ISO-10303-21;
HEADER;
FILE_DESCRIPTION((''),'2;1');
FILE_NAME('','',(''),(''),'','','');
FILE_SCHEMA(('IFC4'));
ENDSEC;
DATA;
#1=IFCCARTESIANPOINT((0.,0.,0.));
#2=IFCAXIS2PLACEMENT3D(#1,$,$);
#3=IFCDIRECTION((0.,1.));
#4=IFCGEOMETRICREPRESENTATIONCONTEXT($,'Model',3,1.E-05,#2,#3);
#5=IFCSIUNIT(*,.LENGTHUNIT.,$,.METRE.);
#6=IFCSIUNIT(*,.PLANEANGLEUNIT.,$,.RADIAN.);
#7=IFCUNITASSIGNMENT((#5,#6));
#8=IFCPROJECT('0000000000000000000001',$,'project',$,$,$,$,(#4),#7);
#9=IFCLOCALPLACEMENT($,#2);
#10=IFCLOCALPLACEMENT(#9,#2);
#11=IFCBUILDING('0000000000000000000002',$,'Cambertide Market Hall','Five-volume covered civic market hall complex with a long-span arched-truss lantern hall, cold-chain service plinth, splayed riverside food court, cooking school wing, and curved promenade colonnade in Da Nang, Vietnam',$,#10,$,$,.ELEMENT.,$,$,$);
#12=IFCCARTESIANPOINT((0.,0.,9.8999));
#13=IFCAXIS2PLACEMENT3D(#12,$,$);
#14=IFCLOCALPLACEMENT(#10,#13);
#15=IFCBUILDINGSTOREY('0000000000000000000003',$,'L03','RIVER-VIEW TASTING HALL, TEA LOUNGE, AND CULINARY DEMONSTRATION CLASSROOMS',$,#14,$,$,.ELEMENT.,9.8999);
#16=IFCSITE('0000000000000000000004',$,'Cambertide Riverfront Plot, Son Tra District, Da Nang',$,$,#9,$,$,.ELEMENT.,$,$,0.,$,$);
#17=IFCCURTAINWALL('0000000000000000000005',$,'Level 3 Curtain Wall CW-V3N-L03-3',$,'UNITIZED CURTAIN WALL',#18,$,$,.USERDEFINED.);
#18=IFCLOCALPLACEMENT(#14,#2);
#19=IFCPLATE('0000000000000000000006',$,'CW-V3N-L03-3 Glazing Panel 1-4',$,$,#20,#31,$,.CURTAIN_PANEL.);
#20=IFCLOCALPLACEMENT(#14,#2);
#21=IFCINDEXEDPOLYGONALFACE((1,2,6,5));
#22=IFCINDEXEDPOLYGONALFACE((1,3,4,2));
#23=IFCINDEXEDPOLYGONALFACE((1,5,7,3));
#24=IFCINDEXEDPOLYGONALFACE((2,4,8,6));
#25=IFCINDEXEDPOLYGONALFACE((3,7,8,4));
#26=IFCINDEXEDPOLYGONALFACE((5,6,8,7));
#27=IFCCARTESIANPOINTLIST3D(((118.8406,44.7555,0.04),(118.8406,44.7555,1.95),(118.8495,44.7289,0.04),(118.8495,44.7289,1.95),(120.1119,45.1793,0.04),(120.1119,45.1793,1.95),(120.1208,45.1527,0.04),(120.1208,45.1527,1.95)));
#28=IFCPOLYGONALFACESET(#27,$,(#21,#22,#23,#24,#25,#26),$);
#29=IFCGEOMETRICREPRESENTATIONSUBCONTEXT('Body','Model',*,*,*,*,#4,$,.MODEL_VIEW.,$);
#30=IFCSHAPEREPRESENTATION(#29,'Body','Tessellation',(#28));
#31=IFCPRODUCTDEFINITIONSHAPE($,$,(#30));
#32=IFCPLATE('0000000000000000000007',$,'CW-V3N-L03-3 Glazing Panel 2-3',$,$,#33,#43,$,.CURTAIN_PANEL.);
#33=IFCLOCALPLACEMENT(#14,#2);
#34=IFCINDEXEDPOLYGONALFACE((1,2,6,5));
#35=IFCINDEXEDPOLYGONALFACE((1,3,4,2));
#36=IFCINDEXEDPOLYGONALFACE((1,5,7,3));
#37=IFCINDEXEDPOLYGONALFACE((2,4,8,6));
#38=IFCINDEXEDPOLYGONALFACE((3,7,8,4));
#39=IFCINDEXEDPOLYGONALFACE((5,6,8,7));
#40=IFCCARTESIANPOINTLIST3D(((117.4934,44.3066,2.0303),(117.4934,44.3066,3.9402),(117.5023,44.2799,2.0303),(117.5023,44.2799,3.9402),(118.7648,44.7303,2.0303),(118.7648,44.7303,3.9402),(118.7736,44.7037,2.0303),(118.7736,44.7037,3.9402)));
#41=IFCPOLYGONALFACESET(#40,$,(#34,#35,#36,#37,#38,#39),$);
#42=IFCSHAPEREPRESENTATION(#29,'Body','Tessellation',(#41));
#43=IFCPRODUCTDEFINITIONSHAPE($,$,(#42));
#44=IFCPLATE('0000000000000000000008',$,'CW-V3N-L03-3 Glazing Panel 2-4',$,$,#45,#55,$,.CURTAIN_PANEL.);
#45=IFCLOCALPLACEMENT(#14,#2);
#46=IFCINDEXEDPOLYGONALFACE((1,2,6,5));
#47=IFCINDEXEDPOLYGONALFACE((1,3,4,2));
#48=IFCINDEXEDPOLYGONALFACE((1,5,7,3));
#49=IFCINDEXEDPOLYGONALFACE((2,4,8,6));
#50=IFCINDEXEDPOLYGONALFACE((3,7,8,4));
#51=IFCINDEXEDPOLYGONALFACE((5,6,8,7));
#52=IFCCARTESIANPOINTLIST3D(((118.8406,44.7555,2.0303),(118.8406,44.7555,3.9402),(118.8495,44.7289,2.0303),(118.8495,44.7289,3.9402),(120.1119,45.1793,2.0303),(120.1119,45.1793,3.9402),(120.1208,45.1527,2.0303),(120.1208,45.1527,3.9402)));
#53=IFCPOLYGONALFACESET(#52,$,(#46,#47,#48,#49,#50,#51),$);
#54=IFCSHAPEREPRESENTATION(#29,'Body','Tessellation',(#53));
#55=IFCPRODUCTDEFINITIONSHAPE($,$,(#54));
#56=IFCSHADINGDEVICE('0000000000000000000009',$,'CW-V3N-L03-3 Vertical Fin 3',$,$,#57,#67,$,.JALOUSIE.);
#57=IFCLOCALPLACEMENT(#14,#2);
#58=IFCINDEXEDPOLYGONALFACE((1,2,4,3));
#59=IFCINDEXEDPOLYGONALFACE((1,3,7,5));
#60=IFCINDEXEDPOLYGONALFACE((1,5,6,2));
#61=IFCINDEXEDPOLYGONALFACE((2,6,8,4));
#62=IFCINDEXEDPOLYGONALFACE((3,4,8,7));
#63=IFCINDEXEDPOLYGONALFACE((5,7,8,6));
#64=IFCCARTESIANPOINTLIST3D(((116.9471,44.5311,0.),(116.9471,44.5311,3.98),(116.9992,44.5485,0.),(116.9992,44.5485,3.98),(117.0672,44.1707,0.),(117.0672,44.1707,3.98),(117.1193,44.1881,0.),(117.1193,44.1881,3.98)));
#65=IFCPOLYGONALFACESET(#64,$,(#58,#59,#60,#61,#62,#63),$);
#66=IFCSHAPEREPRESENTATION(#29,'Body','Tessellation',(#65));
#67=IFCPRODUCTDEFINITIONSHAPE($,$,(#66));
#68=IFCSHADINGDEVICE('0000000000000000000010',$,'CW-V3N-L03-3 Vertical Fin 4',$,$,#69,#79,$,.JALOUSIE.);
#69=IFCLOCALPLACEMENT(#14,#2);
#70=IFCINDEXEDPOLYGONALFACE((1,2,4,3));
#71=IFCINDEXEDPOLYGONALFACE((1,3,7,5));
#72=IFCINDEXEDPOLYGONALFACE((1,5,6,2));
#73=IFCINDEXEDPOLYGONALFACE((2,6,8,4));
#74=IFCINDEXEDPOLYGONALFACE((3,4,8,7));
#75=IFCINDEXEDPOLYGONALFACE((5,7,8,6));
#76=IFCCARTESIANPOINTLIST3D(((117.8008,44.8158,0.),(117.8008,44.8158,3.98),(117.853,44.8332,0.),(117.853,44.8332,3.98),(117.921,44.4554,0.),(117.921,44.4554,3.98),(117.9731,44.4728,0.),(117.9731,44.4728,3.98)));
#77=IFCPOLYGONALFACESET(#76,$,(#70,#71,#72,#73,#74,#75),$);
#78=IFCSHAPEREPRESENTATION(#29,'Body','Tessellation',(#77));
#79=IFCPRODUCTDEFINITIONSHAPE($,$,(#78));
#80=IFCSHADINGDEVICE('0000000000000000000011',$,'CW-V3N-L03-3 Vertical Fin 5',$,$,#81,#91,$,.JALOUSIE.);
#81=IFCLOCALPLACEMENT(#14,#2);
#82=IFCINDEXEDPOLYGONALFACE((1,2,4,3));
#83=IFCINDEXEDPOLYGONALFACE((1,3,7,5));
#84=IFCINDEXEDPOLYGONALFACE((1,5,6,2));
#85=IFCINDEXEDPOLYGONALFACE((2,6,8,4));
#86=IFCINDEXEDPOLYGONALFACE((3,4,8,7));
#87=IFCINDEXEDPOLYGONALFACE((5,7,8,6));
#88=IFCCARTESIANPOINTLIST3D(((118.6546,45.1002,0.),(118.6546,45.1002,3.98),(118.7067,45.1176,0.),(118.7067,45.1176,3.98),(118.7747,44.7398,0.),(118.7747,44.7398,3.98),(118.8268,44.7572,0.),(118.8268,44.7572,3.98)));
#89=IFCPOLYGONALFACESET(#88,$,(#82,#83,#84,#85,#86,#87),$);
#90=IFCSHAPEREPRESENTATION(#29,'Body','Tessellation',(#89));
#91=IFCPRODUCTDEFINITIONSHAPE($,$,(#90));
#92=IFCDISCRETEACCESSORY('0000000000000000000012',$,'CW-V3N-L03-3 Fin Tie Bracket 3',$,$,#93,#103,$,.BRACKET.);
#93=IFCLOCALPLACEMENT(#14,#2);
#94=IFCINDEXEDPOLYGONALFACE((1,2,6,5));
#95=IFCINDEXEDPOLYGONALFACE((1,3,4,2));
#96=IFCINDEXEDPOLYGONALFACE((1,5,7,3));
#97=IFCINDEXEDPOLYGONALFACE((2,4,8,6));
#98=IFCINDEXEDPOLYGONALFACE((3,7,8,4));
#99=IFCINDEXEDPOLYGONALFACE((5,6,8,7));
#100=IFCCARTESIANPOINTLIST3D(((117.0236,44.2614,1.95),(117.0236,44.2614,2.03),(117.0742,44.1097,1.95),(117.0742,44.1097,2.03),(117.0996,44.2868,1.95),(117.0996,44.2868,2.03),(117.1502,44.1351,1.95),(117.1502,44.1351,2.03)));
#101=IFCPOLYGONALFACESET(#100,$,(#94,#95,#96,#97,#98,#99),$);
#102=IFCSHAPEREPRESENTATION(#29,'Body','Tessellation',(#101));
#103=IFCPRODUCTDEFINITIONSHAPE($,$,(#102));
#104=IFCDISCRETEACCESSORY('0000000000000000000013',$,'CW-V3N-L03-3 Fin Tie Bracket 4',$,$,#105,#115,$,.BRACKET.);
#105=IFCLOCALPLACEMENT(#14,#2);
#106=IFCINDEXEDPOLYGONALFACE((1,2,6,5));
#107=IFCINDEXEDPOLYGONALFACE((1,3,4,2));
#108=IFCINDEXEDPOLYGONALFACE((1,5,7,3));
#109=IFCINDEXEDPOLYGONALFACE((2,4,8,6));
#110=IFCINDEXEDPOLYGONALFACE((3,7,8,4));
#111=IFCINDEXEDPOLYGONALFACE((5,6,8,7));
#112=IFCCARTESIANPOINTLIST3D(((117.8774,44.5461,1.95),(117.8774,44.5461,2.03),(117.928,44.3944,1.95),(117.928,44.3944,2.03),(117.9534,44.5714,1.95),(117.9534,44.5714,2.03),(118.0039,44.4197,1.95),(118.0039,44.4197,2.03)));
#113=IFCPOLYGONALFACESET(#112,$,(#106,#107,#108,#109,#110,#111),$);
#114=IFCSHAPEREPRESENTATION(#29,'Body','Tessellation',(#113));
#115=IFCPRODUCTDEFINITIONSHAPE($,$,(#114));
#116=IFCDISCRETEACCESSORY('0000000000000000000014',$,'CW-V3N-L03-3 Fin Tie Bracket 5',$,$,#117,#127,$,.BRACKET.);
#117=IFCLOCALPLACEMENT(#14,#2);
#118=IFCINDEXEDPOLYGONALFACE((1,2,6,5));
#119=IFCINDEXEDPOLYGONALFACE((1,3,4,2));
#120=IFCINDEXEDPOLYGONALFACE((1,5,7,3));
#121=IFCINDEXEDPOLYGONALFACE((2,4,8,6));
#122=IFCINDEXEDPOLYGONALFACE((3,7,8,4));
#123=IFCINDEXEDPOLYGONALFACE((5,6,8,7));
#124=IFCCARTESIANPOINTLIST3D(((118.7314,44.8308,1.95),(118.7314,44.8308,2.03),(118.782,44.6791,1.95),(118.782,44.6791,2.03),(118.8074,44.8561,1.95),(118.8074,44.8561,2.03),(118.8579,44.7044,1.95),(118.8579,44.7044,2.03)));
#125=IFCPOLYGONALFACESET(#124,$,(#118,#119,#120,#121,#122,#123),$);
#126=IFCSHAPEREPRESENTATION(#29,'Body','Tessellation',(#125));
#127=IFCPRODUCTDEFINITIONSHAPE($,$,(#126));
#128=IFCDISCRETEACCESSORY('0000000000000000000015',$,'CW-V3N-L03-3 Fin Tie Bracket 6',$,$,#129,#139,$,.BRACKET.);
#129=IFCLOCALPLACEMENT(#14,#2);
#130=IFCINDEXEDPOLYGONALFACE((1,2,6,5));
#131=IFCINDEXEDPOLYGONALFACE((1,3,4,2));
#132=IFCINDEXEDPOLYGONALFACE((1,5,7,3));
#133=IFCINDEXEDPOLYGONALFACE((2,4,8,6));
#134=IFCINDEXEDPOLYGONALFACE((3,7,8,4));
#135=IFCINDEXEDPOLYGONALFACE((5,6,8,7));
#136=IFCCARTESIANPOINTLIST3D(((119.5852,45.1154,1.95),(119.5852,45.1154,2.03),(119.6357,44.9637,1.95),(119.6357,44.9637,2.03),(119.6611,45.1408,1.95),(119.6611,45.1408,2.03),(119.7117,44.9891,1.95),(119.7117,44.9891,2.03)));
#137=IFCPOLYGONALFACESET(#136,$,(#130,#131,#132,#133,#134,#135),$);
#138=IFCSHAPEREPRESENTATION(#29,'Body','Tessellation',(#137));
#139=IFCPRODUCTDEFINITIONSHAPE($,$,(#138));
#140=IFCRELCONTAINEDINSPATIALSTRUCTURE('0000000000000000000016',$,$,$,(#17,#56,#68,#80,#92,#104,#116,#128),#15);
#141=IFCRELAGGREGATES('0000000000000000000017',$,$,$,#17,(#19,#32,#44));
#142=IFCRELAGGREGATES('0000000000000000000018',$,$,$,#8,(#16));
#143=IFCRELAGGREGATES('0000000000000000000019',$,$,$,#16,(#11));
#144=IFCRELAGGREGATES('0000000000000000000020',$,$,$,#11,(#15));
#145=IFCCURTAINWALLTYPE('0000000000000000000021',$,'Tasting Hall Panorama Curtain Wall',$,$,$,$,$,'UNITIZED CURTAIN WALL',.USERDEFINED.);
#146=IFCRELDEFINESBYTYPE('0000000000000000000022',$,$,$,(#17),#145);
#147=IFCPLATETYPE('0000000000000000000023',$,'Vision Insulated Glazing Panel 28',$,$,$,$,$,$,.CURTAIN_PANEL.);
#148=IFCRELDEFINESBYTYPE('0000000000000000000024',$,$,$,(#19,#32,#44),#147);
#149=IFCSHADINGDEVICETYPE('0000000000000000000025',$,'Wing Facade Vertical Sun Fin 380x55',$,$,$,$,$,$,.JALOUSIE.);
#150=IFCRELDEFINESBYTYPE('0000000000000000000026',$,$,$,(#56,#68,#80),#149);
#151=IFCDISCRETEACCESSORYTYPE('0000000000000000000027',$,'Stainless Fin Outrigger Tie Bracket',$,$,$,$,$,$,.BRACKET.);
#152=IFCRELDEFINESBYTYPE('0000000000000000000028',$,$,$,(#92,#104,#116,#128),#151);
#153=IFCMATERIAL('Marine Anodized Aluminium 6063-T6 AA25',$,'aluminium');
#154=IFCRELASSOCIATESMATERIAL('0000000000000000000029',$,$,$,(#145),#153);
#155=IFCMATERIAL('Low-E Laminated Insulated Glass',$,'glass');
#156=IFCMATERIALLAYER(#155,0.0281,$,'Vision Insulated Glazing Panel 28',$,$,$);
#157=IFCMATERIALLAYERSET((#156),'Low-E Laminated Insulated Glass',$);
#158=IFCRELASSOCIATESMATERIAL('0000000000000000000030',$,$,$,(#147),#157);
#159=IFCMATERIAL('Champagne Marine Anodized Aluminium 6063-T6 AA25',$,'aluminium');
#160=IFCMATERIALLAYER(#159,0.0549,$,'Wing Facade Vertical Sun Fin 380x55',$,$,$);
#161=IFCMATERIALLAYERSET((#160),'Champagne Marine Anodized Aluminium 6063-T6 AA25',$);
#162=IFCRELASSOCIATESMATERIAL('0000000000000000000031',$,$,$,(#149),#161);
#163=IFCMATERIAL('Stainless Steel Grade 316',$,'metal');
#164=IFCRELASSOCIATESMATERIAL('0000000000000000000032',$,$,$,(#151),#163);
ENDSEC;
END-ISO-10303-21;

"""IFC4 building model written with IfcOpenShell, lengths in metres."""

from ifc_helpers import new_model, si_unit, direction, frame, origin, origin_2d, place, context, subcontext, project, spatial, rectangle, extrude, material, layer, layer_set, type_object, element, aggregate, save


model = new_model("IFC4")

# Units and contexts
model_context = context("Model", 3, precision=1e-05, world=origin(), true_north=direction((0.0, 1.0)))
body_context = subcontext(model_context, "Body", "Model", "MODEL_VIEW")
ifc_project = project(units=[si_unit("LENGTHUNIT", "METRE"), si_unit("PLANEANGLEUNIT", "RADIAN")], contexts=[model_context])

# Site, building, storey
site_placement = place(None, origin())
site = spatial("IfcSite", under=ifc_project, at=site_placement, Name="Cambertide Riverfront Plot, Son Tra District, Da Nang", CompositionType="ELEMENT", RefElevation=0.0)
building_placement = place(site_placement, origin())
building = spatial("IfcBuilding", under=site, at=building_placement, Name="Cambertide Market Hall", Description="Five-volume covered civic market hall complex with a long-span arched-truss lantern hall, cold-chain service plinth, splayed riverside food court, cooking school wing, and curved promenade colonnade in Da Nang, Vietnam", CompositionType="ELEMENT")
storey_placement = place(building_placement, frame((0.0, 0.0, 9.8999)))
storey = spatial("IfcBuildingStorey", under=building, at=storey_placement, Name="L03", Description="RIVER-VIEW TASTING HALL, TEA LOUNGE, AND CULINARY DEMONSTRATION CLASSROOMS", CompositionType="ELEMENT", Elevation=9.8999)

# Curtain wall, plates
ifc_material_1 = material(Name="Marine Anodized Aluminium 6063-T6 AA25", Category="aluminium")
curtain_wall_type = type_object("IfcCurtainWallType", Name="Tasting Hall Panorama Curtain Wall", ElementType="UNITIZED CURTAIN WALL", PredefinedType="USERDEFINED", material=ifc_material_1)
curtain_wall_placement = place(storey_placement, origin())
curtain_wall = element("IfcCurtainWall", 1, at=curtain_wall_placement, inside=storey, type_object=curtain_wall_type, Name="Level 3 Curtain Wall CW-V3N-L03-3", ObjectType="UNITIZED CURTAIN WALL", PredefinedType="USERDEFINED")
ifc_material_2 = material(Name="Low-E Laminated Insulated Glass", Category="glass")
ifc_layer_1 = layer(ifc_material_2, 0.0281, Name="Vision Insulated Glazing Panel 28")
ifc_layer_set_1 = layer_set([ifc_layer_1], Name="Low-E Laminated Insulated Glass")
plate_type = type_object("IfcPlateType", Name="Vision Insulated Glazing Panel 28", PredefinedType="CURTAIN_PANEL", material=ifc_layer_set_1)
plate_1_placement = place(storey_placement, frame((119.4807, 44.9541, 0.04), z_axis=(0.0, 0.0, 1.0), x_axis=(0.948683, 0.316228, 0.0)))
plate_1 = element("IfcPlate", 2, at=plate_1_placement, type_object=plate_type, Name="CW-V3N-L03-3 Glazing Panel 1-4", PredefinedType="CURTAIN_PANEL", context=body_context, shape_type="SweptSolid", body=[
    extrude(rectangle(XDim=1.3401, YDim=0.0281, at=origin_2d()), origin(), (0.0, 0.0, 1.0), 1.9099),
])
plate_2_placement = place(storey_placement, frame((118.1335, 44.5051, 2.0303), z_axis=(0.0, 0.0, 1.0), x_axis=(0.948683, 0.316228, 0.0)))
plate_2 = element("IfcPlate", 3, at=plate_2_placement, type_object=plate_type, Name="CW-V3N-L03-3 Glazing Panel 2-3", PredefinedType="CURTAIN_PANEL", context=body_context, shape_type="SweptSolid", body=[
    extrude(rectangle(XDim=1.3401, YDim=0.0281, at=origin_2d()), origin(), (0.0, 0.0, 1.0), 1.9099),
])
plate_3_placement = place(storey_placement, frame((119.4807, 44.9541, 2.0303), z_axis=(0.0, 0.0, 1.0), x_axis=(0.948683, 0.316228, 0.0)))
plate_3 = element("IfcPlate", 4, at=plate_3_placement, type_object=plate_type, Name="CW-V3N-L03-3 Glazing Panel 2-4", PredefinedType="CURTAIN_PANEL", context=body_context, shape_type="SweptSolid", body=[
    extrude(rectangle(XDim=1.3401, YDim=0.0281, at=origin_2d()), origin(), (0.0, 0.0, 1.0), 1.9099),
])
aggregate(curtain_wall, [plate_1, plate_2, plate_3])

# Shading devices
ifc_material_3 = material(Name="Champagne Marine Anodized Aluminium 6063-T6 AA25", Category="aluminium")
ifc_layer_2 = layer(ifc_material_3, 0.0549, Name="Wing Facade Vertical Sun Fin 380x55")
ifc_layer_set_2 = layer_set([ifc_layer_2], Name="Champagne Marine Anodized Aluminium 6063-T6 AA25")
shading_device_type = type_object("IfcShadingDeviceType", Name="Wing Facade Vertical Sun Fin 380x55", PredefinedType="JALOUSIE", material=ifc_layer_set_2)
for number, where, z_axis, x_axis, name in (
    (5, (117.0332, 44.3596, 0.0), (0.0, 0.0, 1.0), (0.948683, 0.316228, 0.0), "CW-V3N-L03-3 Vertical Fin 3"),
    (6, (117.887, 44.6443, 0.0), (0.0, 0.0, 1.0), (0.948683, 0.316228, 0.0), "CW-V3N-L03-3 Vertical Fin 4"),
    (7, (118.7407, 44.9287, 0.0), (0.0, 0.0, 1.0), (0.948683, 0.316228, 0.0), "CW-V3N-L03-3 Vertical Fin 5"),
):
    element("IfcShadingDevice", number, at=place(storey_placement, frame(where, z_axis=z_axis, x_axis=x_axis)), inside=storey, type_object=shading_device_type, Name=name, PredefinedType="JALOUSIE", context=body_context, shape_type="SweptSolid", body=[
        extrude(rectangle(XDim=0.0549, YDim=0.3799, at=origin_2d()), origin(), (0.0, 0.0, 1.0), 3.98),
    ])

# Discrete accessories
ifc_material_4 = material(Name="Stainless Steel Grade 316", Category="metal")
discrete_accessory_type = type_object("IfcDiscreteAccessoryType", Name="Stainless Fin Outrigger Tie Bracket", PredefinedType="BRACKET", material=ifc_material_4)
for number, where, z_axis, x_axis, name in (
    (8, (117.0869, 44.1982, 1.95), (0.0, 0.0, 1.0), (0.948683, 0.316228, 0.0), "CW-V3N-L03-3 Fin Tie Bracket 3"),
    (9, (117.9407, 44.4829, 1.95), (0.0, 0.0, 1.0), (0.948683, 0.316228, 0.0), "CW-V3N-L03-3 Fin Tie Bracket 4"),
    (10, (118.7947, 44.7676, 1.95), (0.0, 0.0, 1.0), (0.948683, 0.316228, 0.0), "CW-V3N-L03-3 Fin Tie Bracket 5"),
    (11, (119.6484, 45.0522, 1.95), (0.0, 0.0, 1.0), (0.948683, 0.316228, 0.0), "CW-V3N-L03-3 Fin Tie Bracket 6"),
):
    element("IfcDiscreteAccessory", number, at=place(storey_placement, frame(where, z_axis=z_axis, x_axis=x_axis)), inside=storey, type_object=discrete_accessory_type, Name=name, PredefinedType="BRACKET", context=body_context, shape_type="SweptSolid", body=[
        extrude(rectangle(XDim=0.0801, YDim=0.1599, at=origin_2d()), origin(), (0.0, 0.0, 1.0), 0.0801),
    ])

save(model, "model.ifc")
